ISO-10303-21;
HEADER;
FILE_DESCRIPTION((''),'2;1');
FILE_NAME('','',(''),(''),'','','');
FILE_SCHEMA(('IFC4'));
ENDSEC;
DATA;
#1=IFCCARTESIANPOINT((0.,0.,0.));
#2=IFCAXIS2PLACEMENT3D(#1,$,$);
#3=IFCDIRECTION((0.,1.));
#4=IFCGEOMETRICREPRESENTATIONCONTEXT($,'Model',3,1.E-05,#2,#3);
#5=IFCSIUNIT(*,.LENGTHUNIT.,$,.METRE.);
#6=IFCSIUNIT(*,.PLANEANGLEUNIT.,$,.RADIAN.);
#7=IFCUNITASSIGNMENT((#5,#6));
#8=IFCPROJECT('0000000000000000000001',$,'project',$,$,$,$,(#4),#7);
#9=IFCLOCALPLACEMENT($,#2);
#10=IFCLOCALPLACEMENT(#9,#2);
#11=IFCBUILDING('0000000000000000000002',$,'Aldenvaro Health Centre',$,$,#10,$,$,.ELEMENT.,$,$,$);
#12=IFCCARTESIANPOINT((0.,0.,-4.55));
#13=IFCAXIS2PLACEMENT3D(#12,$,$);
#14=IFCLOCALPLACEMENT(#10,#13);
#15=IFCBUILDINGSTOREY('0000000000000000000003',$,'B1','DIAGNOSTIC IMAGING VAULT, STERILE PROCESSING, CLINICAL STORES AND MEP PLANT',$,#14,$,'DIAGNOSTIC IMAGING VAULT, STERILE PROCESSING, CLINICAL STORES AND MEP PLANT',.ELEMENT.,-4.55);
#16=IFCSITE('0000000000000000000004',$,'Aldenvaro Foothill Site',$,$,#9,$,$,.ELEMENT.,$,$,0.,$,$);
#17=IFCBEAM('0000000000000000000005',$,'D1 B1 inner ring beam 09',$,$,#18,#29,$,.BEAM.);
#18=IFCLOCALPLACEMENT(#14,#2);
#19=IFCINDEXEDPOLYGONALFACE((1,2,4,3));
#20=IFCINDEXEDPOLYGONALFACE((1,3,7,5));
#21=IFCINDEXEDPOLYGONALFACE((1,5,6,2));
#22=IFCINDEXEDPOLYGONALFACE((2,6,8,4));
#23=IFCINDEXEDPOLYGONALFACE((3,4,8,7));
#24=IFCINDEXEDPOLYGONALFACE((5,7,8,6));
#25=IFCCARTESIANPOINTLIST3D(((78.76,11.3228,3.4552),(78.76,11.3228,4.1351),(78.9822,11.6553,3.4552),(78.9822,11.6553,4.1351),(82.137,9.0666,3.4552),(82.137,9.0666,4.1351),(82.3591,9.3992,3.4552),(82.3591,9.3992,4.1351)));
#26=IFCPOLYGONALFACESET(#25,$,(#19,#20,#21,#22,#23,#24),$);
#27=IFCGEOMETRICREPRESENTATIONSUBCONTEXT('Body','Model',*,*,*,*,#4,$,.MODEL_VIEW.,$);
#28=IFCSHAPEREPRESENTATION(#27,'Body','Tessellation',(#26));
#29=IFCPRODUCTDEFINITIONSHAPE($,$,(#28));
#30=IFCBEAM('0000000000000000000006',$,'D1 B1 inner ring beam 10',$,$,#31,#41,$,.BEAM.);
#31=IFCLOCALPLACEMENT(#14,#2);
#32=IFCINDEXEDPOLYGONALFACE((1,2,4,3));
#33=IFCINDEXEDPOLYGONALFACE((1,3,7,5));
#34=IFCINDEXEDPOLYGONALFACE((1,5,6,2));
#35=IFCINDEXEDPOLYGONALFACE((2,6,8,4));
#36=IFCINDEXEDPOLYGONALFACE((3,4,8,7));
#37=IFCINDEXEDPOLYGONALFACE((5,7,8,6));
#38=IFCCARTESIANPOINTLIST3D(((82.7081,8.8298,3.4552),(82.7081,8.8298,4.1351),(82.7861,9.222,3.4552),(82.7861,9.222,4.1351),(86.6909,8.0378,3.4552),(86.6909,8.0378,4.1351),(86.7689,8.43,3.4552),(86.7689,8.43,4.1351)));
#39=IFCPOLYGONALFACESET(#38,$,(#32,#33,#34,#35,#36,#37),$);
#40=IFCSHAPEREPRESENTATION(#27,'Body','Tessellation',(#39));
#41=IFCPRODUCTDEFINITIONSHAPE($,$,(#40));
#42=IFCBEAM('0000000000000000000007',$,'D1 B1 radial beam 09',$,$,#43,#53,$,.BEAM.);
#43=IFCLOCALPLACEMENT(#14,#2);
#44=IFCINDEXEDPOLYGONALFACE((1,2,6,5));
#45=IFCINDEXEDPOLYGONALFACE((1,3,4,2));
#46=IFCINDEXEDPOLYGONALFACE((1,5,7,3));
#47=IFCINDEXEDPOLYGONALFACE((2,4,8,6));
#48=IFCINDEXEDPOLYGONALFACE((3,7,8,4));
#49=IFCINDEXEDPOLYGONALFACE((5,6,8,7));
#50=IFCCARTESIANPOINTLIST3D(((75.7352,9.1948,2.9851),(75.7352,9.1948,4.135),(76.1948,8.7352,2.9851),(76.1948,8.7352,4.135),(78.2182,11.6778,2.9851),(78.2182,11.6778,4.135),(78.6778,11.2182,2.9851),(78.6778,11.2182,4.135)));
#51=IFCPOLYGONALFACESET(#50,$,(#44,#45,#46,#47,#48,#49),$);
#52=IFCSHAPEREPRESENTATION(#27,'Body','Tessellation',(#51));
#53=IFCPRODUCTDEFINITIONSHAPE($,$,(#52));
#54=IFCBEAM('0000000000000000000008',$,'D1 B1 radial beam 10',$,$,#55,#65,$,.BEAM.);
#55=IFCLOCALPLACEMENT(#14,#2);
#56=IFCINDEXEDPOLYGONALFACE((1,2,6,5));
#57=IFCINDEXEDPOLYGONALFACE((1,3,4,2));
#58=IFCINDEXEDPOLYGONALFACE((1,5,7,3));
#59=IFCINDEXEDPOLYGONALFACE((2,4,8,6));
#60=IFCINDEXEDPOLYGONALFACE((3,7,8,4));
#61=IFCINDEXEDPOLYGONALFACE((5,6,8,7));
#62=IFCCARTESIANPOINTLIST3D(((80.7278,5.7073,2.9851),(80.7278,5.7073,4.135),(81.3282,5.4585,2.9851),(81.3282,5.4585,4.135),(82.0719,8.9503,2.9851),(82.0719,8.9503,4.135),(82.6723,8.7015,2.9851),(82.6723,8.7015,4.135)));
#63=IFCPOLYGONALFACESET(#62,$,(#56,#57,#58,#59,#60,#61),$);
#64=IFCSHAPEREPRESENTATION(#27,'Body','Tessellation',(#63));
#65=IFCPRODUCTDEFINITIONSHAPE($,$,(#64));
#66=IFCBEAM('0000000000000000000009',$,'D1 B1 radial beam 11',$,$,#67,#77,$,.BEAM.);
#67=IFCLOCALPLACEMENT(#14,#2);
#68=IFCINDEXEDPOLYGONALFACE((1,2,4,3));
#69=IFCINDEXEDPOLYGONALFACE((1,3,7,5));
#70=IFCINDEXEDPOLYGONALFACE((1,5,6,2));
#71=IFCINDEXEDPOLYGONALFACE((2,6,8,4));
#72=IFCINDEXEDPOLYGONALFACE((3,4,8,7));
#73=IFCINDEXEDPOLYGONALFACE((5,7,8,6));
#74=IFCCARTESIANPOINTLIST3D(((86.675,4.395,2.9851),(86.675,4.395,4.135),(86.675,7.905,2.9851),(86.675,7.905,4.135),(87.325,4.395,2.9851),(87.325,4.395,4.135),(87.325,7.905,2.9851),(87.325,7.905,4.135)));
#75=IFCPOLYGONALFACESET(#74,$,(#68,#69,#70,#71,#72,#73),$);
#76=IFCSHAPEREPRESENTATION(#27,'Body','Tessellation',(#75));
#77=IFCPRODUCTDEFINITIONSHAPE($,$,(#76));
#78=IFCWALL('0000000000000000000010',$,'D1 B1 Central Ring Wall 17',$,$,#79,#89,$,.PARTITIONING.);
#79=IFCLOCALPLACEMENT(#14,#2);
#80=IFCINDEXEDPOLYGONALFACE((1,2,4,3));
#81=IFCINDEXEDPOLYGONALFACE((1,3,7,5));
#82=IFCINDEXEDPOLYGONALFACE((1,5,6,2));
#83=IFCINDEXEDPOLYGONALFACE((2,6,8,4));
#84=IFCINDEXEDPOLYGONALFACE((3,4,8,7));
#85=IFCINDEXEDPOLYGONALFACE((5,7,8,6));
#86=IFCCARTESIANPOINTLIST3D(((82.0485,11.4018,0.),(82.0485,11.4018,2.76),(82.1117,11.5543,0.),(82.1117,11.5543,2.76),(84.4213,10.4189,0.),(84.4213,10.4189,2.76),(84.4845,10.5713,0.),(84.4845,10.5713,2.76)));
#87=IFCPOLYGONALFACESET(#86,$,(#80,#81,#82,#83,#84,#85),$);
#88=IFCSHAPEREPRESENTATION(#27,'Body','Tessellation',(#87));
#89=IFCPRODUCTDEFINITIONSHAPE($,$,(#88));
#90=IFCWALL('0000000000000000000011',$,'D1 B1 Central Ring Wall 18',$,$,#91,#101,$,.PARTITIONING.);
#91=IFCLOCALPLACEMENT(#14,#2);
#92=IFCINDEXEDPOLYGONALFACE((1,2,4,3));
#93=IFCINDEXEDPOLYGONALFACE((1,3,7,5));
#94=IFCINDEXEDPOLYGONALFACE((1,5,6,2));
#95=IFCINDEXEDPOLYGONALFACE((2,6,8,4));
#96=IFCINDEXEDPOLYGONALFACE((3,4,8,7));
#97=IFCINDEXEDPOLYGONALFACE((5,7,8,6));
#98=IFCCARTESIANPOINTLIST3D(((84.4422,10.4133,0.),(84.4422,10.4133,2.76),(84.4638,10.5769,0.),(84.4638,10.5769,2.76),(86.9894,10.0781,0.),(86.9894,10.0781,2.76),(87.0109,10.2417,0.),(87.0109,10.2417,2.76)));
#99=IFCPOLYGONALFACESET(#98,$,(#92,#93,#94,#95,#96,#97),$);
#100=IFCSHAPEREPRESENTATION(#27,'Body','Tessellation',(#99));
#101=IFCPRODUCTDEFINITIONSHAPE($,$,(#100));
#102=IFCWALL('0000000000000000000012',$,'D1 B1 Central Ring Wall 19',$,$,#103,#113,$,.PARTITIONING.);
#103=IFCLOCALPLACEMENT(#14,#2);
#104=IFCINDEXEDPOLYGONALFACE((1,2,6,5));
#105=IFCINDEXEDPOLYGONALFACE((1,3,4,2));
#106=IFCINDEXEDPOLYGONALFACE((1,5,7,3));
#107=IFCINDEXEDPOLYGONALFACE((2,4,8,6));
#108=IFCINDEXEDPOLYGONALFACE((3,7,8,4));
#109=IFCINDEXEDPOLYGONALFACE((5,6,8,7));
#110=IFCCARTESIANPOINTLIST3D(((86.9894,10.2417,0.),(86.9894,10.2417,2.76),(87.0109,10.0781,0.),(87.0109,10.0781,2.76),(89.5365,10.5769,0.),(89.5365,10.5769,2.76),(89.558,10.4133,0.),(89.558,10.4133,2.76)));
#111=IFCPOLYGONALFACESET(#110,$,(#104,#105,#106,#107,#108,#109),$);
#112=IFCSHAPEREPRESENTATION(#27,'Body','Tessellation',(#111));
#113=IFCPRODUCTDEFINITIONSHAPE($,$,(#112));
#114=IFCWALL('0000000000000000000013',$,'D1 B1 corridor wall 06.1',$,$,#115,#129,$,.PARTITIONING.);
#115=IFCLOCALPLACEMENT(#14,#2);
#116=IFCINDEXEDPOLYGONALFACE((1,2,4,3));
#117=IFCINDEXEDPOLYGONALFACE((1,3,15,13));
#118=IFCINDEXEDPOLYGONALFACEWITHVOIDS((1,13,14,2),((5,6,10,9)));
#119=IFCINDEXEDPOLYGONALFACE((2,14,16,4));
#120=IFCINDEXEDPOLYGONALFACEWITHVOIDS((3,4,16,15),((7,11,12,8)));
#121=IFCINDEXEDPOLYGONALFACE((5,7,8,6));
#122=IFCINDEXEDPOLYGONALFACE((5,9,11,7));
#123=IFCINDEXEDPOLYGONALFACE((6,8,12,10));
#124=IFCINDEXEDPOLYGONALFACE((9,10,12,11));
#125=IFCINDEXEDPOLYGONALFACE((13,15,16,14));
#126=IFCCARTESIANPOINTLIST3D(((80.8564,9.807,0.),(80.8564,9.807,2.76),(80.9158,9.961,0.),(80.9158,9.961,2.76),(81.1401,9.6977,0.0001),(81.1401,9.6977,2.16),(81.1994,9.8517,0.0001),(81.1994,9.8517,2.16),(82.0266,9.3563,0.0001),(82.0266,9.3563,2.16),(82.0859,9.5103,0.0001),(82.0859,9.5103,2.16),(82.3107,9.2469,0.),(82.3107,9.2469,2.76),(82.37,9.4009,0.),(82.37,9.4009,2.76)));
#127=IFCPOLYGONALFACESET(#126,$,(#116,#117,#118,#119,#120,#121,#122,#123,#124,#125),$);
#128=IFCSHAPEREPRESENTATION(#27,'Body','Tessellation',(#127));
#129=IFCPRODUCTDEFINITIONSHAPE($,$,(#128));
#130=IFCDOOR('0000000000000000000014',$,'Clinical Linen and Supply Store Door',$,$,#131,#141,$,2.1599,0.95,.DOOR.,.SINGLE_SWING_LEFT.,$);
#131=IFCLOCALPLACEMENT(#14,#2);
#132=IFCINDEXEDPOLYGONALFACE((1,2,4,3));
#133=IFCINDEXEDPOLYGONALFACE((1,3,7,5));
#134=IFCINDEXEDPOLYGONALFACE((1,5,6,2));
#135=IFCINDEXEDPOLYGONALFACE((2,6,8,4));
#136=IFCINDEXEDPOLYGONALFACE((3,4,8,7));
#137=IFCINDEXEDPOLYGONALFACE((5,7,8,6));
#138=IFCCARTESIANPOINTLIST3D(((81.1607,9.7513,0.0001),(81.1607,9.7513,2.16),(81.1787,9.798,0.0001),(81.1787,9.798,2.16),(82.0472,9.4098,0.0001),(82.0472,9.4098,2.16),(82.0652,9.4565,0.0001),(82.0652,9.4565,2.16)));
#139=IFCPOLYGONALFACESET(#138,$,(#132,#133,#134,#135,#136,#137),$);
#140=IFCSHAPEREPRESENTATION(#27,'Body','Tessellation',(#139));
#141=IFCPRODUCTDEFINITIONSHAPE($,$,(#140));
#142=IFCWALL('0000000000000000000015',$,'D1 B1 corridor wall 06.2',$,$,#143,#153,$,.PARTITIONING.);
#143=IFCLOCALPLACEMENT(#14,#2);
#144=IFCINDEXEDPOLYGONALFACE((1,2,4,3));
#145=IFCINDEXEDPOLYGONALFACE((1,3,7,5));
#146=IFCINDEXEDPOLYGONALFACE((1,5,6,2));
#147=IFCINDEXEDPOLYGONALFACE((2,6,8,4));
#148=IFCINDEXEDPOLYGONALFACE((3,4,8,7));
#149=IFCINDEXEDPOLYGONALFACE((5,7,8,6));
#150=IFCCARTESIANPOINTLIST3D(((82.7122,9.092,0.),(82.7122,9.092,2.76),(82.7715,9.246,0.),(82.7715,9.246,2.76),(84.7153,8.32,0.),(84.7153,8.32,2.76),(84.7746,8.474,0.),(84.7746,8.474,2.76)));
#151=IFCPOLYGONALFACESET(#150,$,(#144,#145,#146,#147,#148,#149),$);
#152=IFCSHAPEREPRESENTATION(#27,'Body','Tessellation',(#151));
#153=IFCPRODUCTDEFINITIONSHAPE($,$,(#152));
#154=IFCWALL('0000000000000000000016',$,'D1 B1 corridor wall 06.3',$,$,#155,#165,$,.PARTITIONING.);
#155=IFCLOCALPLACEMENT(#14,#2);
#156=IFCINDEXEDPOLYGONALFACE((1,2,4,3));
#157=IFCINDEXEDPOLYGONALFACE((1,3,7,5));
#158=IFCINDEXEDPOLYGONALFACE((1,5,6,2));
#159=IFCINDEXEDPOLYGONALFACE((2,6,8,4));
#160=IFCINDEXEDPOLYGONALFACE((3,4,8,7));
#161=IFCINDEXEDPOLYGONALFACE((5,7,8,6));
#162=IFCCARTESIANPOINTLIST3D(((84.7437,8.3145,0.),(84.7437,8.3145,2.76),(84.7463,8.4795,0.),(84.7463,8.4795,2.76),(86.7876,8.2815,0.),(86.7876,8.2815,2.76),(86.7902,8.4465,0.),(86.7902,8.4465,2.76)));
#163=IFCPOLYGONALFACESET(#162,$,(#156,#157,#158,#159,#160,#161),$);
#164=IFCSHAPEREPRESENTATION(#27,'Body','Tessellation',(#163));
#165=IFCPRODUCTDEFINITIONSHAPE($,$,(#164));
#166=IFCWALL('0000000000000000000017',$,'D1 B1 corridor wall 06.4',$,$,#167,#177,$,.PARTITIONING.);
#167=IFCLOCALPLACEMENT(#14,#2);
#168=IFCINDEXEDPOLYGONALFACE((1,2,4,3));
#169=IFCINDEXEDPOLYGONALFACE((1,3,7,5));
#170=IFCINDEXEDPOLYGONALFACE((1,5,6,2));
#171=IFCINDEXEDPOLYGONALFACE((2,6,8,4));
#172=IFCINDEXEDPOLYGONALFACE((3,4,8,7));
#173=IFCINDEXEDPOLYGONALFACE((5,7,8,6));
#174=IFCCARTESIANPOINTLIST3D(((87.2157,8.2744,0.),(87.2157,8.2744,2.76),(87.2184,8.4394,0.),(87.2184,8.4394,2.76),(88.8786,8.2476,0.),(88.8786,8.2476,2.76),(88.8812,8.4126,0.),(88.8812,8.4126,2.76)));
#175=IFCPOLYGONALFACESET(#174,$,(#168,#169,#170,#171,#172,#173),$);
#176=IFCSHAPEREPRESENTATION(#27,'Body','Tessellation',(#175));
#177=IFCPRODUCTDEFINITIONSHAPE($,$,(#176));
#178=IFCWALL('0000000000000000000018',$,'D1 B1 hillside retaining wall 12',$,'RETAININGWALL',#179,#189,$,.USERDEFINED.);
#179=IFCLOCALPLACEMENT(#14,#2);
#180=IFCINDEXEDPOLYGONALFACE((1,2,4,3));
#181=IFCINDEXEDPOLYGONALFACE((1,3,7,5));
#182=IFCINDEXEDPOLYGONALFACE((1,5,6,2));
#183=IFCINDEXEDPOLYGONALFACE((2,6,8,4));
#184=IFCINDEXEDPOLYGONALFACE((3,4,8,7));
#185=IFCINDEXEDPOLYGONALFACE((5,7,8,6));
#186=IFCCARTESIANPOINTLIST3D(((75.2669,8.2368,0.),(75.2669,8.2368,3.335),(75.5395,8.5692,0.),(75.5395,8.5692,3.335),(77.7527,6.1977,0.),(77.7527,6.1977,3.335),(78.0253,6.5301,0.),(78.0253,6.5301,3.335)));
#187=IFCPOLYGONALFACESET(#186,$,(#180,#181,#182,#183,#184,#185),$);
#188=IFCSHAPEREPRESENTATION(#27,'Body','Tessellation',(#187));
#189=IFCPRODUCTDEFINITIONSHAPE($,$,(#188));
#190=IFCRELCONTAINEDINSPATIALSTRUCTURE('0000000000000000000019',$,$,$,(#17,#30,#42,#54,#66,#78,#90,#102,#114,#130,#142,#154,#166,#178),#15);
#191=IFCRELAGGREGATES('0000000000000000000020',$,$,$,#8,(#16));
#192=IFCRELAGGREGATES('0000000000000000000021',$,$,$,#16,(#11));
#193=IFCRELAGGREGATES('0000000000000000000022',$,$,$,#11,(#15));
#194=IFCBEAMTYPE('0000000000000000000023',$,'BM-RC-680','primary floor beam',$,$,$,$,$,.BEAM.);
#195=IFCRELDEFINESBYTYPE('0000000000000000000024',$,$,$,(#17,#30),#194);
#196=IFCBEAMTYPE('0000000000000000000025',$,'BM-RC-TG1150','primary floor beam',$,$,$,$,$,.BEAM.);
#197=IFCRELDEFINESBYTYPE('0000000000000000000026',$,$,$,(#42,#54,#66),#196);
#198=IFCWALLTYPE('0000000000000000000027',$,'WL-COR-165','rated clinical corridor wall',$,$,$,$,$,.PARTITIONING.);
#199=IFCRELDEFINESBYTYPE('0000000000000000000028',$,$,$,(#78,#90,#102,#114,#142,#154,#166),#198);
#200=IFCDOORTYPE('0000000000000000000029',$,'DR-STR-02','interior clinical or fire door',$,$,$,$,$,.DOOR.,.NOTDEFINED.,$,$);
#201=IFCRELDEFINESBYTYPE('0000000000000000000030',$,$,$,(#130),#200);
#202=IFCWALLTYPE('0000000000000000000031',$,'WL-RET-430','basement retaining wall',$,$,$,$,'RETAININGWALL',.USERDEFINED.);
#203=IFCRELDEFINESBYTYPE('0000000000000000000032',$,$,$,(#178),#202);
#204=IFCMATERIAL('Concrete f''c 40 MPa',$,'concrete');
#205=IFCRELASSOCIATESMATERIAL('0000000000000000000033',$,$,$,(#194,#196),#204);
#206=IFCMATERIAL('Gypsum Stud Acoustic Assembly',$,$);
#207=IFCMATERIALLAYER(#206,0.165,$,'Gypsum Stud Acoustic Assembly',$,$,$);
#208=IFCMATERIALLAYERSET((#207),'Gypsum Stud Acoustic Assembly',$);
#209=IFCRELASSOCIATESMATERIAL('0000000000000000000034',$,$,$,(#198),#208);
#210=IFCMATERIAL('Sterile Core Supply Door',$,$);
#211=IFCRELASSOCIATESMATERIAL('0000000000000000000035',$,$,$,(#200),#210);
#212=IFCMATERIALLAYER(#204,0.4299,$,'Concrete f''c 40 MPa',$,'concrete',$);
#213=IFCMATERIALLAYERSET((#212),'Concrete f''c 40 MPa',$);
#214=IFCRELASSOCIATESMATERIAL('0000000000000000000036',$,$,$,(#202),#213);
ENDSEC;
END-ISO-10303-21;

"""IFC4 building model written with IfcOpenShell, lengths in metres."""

from ifc_helpers import new_model, si_unit, direction, frame, frame_2d, origin, origin_2d, place, context, subcontext, project, spatial, rectangle, extrude, material, layer, layer_set, material_profile, profile_set, type_object, element, fill, save


model = new_model("IFC4")

# Units and contexts
model_context = context("Model", 3, precision=1e-05, world=origin(), true_north=direction((0.0, 1.0)))
body_context = subcontext(model_context, "Body", "Model", "MODEL_VIEW")
ifc_project = project(units=[si_unit("LENGTHUNIT", "METRE"), si_unit("PLANEANGLEUNIT", "RADIAN")], contexts=[model_context])

# Site, building, storey
site_placement = place(None, origin())
site = spatial("IfcSite", under=ifc_project, at=site_placement, Name="Aldenvaro Foothill Site", CompositionType="ELEMENT", RefElevation=0.0)
building_placement = place(site_placement, origin())
building = spatial("IfcBuilding", under=site, at=building_placement, Name="Aldenvaro Health Centre", CompositionType="ELEMENT")
storey_placement = place(building_placement, frame((0.0, 0.0, -4.55)))
storey = spatial("IfcBuildingStorey", under=building, at=storey_placement, Name="B1", Description="DIAGNOSTIC IMAGING VAULT, STERILE PROCESSING, CLINICAL STORES AND MEP PLANT", LongName="DIAGNOSTIC IMAGING VAULT, STERILE PROCESSING, CLINICAL STORES AND MEP PLANT", CompositionType="ELEMENT", Elevation=-4.55)

# Shared definitions
ifc_material_1 = material(Name="Concrete f'c 40 MPa", Category="concrete")

# Beams
ifc_material_profile_1 = material_profile(ifc_material_1, rectangle(XDim=0.3999, YDim=0.6799, at=origin_2d()), Name="RC 400x680", Category="concrete")
ifc_profile_set_1 = profile_set([ifc_material_profile_1], Name="Concrete f'c 40 MPa")
beam_type_1 = type_object("IfcBeamType", Name="BM-RC-680", Description="primary floor beam", PredefinedType="BEAM", material=ifc_profile_set_1)
beam_1_placement = place(storey_placement, frame((78.8711, 11.489, 3.7952), z_axis=(0.831504, -0.555518, 0.0), x_axis=(0.555518, 0.831504, 0.0)))
element("IfcBeam", 1, at=beam_1_placement, inside=storey, type_object=beam_type_1, Name="D1 B1 inner ring beam 09", PredefinedType="BEAM", context=body_context, shape_type="SweptSolid", body=[
    extrude(rectangle(XDim=0.3999, YDim=0.6799, at=origin_2d()), origin(), (0.0, 0.0, 1.0), 4.0613),
])
beam_2_placement = place(storey_placement, frame((82.7471, 9.0259, 3.7952), z_axis=(0.980797, -0.195029, 0.0), x_axis=(0.195029, 0.980797, 0.0)))
element("IfcBeam", 2, at=beam_2_placement, inside=storey, type_object=beam_type_1, Name="D1 B1 inner ring beam 10", PredefinedType="BEAM", context=body_context, shape_type="SweptSolid", body=[
    extrude(rectangle(XDim=0.3999, YDim=0.6799, at=origin_2d()), origin(), (0.0, 0.0, 1.0), 4.0608),
])
ifc_material_profile_2 = material_profile(ifc_material_1, rectangle(XDim=0.6499, YDim=1.1499, at=origin_2d()), Name="RC 650x1150", Category="concrete")
ifc_profile_set_2 = profile_set([ifc_material_profile_2], Name="Concrete f'c 40 MPa")
beam_type_2 = type_object("IfcBeamType", Name="BM-RC-TG1150", Description="primary floor beam", PredefinedType="BEAM", material=ifc_profile_set_2)
beam_3_placement = place(storey_placement, frame((78.448, 11.448, 3.5601), z_axis=(-0.707107, -0.707107, 0.0), x_axis=(0.707107, -0.707107, 0.0)))
element("IfcBeam", 3, at=beam_3_placement, inside=storey, type_object=beam_type_2, Name="D1 B1 radial beam 09", PredefinedType="BEAM", context=body_context, shape_type="SweptSolid", body=[
    extrude(rectangle(XDim=0.6499, YDim=1.1499, at=origin_2d()), origin(), (0.0, 0.0, 1.0), 3.5115),
])
beam_4_placement = place(storey_placement, frame((82.3721, 8.8259, 3.5601), z_axis=(-0.382862, -0.923806, 0.0), x_axis=(0.923806, -0.382862, 0.0)))
element("IfcBeam", 4, at=beam_4_placement, inside=storey, type_object=beam_type_2, Name="D1 B1 radial beam 10", PredefinedType="BEAM", context=body_context, shape_type="SweptSolid", body=[
    extrude(rectangle(XDim=0.6499, YDim=1.1499, at=origin_2d()), origin(), (0.0, 0.0, 1.0), 3.5105),
])
beam_5_placement = place(storey_placement, frame((87.0, 7.905, 3.5601), z_axis=(0.0, -1.0, 0.0), x_axis=(1.0, 0.0, 0.0)))
element("IfcBeam", 5, at=beam_5_placement, inside=storey, type_object=beam_type_2, Name="D1 B1 radial beam 11", PredefinedType="BEAM", context=body_context, shape_type="SweptSolid", body=[
    extrude(rectangle(XDim=0.6499, YDim=1.1499, at=origin_2d()), origin(), (0.0, 0.0, 1.0), 3.51),
])

# Walls
ifc_material_2 = material(Name="Gypsum Stud Acoustic Assembly")
ifc_layer_1 = layer(ifc_material_2, 0.165, Name="Gypsum Stud Acoustic Assembly")
ifc_layer_set_1 = layer_set([ifc_layer_1], Name="Gypsum Stud Acoustic Assembly")
wall_type_1 = type_object("IfcWallType", Name="WL-COR-165", Description="rated clinical corridor wall", PredefinedType="PARTITIONING", material=ifc_layer_set_1)
wall_1_placement = place(storey_placement, frame((82.0801, 11.478, 0.0), z_axis=(0.0, 0.0, 1.0), x_axis=(0.923871, -0.382704, 0.0)))
element("IfcWall", 6, at=wall_1_placement, inside=storey, type_object=wall_type_1, Name="D1 B1 Central Ring Wall 17", PredefinedType="PARTITIONING", context=body_context, shape_type="SweptSolid", body=[
    extrude(rectangle(XDim=2.5684, YDim=0.165, at=frame_2d((1.2842, 0.0))), origin(), (0.0, 0.0, 1.0), 2.76),
])
for number, where, z_axis, x_axis, name in (
    (7, (84.4529, 10.4951, 0.0), (0.0, 0.0, 1.0), (0.991451, -0.130477, 0.0), "D1 B1 Central Ring Wall 18"),
    (8, (87.0, 10.1599, 0.0), (0.0, 0.0, 1.0), (0.991451, 0.130477, 0.0), "D1 B1 Central Ring Wall 19"),
):
    element("IfcWall", number, at=place(storey_placement, frame(where, z_axis=z_axis, x_axis=x_axis)), inside=storey, type_object=wall_type_1, Name=name, PredefinedType="PARTITIONING", context=body_context, shape_type="SweptSolid", body=[
        extrude(rectangle(XDim=2.5691, YDim=0.165, at=frame_2d((1.2847, 0.0))), origin(), (0.0, 0.0, 1.0), 2.76),
    ])

# Wall, opening, door
wall_2_placement = place(storey_placement, frame((80.886, 9.884, 0.0), z_axis=(0.0, 0.0, 1.0), x_axis=(0.933176, -0.35942, 0.0)))
wall_2 = element("IfcWall", 9, at=wall_2_placement, inside=storey, type_object=wall_type_1, Name="D1 B1 corridor wall 06.1", PredefinedType="PARTITIONING", context=body_context, shape_type="SweptSolid", body=[
    extrude(rectangle(XDim=1.5583, YDim=0.165, at=frame_2d((0.7793, 0.0))), origin(), (0.0, 0.0, 1.0), 2.76),
])
opening_placement = place(wall_2_placement, frame((0.304, 0.0, 0.0)))
opening = element("IfcOpeningElement", 10, at=opening_placement, cuts=wall_2, PredefinedType="OPENING", context=body_context, shape_type="SweptSolid", body=[
    extrude(rectangle(XDim=0.95, YDim=2.1599, at=frame_2d((0.4751, 1.0801))), frame((0.0, 0.0925, 0.0), z_axis=(0.0, -1.0, 0.0), x_axis=(1.0, 0.0, 0.0)), (0.0, 0.0, 1.0), 0.1851),
])
ifc_material_3 = material(Name="Sterile Core Supply Door")
door_type = type_object("IfcDoorType", Name="DR-STR-02", Description="interior clinical or fire door", OperationType="NOTDEFINED", PredefinedType="DOOR", material=ifc_material_3)
door_placement = place(opening_placement, origin())
door = element("IfcDoor", 11, at=door_placement, inside=storey, type_object=door_type, Name="Clinical Linen and Supply Store Door", OperationType="SINGLE_SWING_LEFT", OverallHeight=2.1599, OverallWidth=0.95, PredefinedType="DOOR", context=body_context, shape_type="SweptSolid", body=[
    extrude(rectangle(XDim=0.95, YDim=2.1599, at=frame_2d((0.4751, 1.0801))), frame((0.0, 0.0249, 0.0), z_axis=(0.0, -1.0, 0.0), x_axis=(1.0, 0.0, 0.0)), (0.0, 0.0, 1.0), 0.05),
])
fill(opening, door)

# Walls
wall_3_placement = place(storey_placement, frame((82.7419, 9.1689, 0.0), z_axis=(0.0, 0.0, 1.0), x_axis=(0.933108, -0.359596, 0.0)))
element("IfcWall", 12, at=wall_3_placement, inside=storey, type_object=wall_type_1, Name="D1 B1 corridor wall 06.2", PredefinedType="PARTITIONING", context=body_context, shape_type="SweptSolid", body=[
    extrude(rectangle(XDim=2.1467, YDim=0.165, at=frame_2d((1.0732, 0.0))), origin(), (0.0, 0.0, 1.0), 2.76),
])
wall_4_placement = place(storey_placement, frame((84.7451, 8.397, 0.0), z_axis=(0.0, 0.0, 1.0), x_axis=(0.99987, -0.016123, 0.0)))
element("IfcWall", 13, at=wall_4_placement, inside=storey, type_object=wall_type_1, Name="D1 B1 corridor wall 06.3", PredefinedType="PARTITIONING", context=body_context, shape_type="SweptSolid", body=[
    extrude(rectangle(XDim=2.0442, YDim=0.165, at=frame_2d((1.022, 0.0))), origin(), (0.0, 0.0, 1.0), 2.76),
])
wall_5_placement = place(storey_placement, frame((87.217, 8.3569, 0.0), z_axis=(0.0, 0.0, 1.0), x_axis=(0.99987, -0.016148, 0.0)))
element("IfcWall", 14, at=wall_5_placement, inside=storey, type_object=wall_type_1, Name="D1 B1 corridor wall 06.4", PredefinedType="PARTITIONING", context=body_context, shape_type="SweptSolid", body=[
    extrude(rectangle(XDim=1.6631, YDim=0.165, at=frame_2d((0.8315, 0.0))), origin(), (0.0, 0.0, 1.0), 2.76),
])
ifc_layer_2 = layer(ifc_material_1, 0.4299, Name="Concrete f'c 40 MPa", Category="concrete")
ifc_layer_set_2 = layer_set([ifc_layer_2], Name="Concrete f'c 40 MPa")
wall_type_2 = type_object("IfcWallType", Name="WL-RET-430", Description="basement retaining wall", ElementType="RETAININGWALL", PredefinedType="USERDEFINED", material=ifc_layer_set_2)
wall_6_placement = place(storey_placement, frame((77.8889, 6.364, 0.0), z_axis=(0.0, 0.0, 1.0), x_axis=(-0.773165, 0.634205, 0.0)))
element("IfcWall", 15, at=wall_6_placement, inside=storey, type_object=wall_type_2, Name="D1 B1 hillside retaining wall 12", ObjectType="RETAININGWALL", PredefinedType="USERDEFINED", context=body_context, shape_type="SweptSolid", body=[
    extrude(rectangle(XDim=3.2151, YDim=0.4299, at=frame_2d((1.6074, 0.0))), origin(), (0.0, 0.0, 1.0), 3.335),
])

save(model, "model.ifc")
